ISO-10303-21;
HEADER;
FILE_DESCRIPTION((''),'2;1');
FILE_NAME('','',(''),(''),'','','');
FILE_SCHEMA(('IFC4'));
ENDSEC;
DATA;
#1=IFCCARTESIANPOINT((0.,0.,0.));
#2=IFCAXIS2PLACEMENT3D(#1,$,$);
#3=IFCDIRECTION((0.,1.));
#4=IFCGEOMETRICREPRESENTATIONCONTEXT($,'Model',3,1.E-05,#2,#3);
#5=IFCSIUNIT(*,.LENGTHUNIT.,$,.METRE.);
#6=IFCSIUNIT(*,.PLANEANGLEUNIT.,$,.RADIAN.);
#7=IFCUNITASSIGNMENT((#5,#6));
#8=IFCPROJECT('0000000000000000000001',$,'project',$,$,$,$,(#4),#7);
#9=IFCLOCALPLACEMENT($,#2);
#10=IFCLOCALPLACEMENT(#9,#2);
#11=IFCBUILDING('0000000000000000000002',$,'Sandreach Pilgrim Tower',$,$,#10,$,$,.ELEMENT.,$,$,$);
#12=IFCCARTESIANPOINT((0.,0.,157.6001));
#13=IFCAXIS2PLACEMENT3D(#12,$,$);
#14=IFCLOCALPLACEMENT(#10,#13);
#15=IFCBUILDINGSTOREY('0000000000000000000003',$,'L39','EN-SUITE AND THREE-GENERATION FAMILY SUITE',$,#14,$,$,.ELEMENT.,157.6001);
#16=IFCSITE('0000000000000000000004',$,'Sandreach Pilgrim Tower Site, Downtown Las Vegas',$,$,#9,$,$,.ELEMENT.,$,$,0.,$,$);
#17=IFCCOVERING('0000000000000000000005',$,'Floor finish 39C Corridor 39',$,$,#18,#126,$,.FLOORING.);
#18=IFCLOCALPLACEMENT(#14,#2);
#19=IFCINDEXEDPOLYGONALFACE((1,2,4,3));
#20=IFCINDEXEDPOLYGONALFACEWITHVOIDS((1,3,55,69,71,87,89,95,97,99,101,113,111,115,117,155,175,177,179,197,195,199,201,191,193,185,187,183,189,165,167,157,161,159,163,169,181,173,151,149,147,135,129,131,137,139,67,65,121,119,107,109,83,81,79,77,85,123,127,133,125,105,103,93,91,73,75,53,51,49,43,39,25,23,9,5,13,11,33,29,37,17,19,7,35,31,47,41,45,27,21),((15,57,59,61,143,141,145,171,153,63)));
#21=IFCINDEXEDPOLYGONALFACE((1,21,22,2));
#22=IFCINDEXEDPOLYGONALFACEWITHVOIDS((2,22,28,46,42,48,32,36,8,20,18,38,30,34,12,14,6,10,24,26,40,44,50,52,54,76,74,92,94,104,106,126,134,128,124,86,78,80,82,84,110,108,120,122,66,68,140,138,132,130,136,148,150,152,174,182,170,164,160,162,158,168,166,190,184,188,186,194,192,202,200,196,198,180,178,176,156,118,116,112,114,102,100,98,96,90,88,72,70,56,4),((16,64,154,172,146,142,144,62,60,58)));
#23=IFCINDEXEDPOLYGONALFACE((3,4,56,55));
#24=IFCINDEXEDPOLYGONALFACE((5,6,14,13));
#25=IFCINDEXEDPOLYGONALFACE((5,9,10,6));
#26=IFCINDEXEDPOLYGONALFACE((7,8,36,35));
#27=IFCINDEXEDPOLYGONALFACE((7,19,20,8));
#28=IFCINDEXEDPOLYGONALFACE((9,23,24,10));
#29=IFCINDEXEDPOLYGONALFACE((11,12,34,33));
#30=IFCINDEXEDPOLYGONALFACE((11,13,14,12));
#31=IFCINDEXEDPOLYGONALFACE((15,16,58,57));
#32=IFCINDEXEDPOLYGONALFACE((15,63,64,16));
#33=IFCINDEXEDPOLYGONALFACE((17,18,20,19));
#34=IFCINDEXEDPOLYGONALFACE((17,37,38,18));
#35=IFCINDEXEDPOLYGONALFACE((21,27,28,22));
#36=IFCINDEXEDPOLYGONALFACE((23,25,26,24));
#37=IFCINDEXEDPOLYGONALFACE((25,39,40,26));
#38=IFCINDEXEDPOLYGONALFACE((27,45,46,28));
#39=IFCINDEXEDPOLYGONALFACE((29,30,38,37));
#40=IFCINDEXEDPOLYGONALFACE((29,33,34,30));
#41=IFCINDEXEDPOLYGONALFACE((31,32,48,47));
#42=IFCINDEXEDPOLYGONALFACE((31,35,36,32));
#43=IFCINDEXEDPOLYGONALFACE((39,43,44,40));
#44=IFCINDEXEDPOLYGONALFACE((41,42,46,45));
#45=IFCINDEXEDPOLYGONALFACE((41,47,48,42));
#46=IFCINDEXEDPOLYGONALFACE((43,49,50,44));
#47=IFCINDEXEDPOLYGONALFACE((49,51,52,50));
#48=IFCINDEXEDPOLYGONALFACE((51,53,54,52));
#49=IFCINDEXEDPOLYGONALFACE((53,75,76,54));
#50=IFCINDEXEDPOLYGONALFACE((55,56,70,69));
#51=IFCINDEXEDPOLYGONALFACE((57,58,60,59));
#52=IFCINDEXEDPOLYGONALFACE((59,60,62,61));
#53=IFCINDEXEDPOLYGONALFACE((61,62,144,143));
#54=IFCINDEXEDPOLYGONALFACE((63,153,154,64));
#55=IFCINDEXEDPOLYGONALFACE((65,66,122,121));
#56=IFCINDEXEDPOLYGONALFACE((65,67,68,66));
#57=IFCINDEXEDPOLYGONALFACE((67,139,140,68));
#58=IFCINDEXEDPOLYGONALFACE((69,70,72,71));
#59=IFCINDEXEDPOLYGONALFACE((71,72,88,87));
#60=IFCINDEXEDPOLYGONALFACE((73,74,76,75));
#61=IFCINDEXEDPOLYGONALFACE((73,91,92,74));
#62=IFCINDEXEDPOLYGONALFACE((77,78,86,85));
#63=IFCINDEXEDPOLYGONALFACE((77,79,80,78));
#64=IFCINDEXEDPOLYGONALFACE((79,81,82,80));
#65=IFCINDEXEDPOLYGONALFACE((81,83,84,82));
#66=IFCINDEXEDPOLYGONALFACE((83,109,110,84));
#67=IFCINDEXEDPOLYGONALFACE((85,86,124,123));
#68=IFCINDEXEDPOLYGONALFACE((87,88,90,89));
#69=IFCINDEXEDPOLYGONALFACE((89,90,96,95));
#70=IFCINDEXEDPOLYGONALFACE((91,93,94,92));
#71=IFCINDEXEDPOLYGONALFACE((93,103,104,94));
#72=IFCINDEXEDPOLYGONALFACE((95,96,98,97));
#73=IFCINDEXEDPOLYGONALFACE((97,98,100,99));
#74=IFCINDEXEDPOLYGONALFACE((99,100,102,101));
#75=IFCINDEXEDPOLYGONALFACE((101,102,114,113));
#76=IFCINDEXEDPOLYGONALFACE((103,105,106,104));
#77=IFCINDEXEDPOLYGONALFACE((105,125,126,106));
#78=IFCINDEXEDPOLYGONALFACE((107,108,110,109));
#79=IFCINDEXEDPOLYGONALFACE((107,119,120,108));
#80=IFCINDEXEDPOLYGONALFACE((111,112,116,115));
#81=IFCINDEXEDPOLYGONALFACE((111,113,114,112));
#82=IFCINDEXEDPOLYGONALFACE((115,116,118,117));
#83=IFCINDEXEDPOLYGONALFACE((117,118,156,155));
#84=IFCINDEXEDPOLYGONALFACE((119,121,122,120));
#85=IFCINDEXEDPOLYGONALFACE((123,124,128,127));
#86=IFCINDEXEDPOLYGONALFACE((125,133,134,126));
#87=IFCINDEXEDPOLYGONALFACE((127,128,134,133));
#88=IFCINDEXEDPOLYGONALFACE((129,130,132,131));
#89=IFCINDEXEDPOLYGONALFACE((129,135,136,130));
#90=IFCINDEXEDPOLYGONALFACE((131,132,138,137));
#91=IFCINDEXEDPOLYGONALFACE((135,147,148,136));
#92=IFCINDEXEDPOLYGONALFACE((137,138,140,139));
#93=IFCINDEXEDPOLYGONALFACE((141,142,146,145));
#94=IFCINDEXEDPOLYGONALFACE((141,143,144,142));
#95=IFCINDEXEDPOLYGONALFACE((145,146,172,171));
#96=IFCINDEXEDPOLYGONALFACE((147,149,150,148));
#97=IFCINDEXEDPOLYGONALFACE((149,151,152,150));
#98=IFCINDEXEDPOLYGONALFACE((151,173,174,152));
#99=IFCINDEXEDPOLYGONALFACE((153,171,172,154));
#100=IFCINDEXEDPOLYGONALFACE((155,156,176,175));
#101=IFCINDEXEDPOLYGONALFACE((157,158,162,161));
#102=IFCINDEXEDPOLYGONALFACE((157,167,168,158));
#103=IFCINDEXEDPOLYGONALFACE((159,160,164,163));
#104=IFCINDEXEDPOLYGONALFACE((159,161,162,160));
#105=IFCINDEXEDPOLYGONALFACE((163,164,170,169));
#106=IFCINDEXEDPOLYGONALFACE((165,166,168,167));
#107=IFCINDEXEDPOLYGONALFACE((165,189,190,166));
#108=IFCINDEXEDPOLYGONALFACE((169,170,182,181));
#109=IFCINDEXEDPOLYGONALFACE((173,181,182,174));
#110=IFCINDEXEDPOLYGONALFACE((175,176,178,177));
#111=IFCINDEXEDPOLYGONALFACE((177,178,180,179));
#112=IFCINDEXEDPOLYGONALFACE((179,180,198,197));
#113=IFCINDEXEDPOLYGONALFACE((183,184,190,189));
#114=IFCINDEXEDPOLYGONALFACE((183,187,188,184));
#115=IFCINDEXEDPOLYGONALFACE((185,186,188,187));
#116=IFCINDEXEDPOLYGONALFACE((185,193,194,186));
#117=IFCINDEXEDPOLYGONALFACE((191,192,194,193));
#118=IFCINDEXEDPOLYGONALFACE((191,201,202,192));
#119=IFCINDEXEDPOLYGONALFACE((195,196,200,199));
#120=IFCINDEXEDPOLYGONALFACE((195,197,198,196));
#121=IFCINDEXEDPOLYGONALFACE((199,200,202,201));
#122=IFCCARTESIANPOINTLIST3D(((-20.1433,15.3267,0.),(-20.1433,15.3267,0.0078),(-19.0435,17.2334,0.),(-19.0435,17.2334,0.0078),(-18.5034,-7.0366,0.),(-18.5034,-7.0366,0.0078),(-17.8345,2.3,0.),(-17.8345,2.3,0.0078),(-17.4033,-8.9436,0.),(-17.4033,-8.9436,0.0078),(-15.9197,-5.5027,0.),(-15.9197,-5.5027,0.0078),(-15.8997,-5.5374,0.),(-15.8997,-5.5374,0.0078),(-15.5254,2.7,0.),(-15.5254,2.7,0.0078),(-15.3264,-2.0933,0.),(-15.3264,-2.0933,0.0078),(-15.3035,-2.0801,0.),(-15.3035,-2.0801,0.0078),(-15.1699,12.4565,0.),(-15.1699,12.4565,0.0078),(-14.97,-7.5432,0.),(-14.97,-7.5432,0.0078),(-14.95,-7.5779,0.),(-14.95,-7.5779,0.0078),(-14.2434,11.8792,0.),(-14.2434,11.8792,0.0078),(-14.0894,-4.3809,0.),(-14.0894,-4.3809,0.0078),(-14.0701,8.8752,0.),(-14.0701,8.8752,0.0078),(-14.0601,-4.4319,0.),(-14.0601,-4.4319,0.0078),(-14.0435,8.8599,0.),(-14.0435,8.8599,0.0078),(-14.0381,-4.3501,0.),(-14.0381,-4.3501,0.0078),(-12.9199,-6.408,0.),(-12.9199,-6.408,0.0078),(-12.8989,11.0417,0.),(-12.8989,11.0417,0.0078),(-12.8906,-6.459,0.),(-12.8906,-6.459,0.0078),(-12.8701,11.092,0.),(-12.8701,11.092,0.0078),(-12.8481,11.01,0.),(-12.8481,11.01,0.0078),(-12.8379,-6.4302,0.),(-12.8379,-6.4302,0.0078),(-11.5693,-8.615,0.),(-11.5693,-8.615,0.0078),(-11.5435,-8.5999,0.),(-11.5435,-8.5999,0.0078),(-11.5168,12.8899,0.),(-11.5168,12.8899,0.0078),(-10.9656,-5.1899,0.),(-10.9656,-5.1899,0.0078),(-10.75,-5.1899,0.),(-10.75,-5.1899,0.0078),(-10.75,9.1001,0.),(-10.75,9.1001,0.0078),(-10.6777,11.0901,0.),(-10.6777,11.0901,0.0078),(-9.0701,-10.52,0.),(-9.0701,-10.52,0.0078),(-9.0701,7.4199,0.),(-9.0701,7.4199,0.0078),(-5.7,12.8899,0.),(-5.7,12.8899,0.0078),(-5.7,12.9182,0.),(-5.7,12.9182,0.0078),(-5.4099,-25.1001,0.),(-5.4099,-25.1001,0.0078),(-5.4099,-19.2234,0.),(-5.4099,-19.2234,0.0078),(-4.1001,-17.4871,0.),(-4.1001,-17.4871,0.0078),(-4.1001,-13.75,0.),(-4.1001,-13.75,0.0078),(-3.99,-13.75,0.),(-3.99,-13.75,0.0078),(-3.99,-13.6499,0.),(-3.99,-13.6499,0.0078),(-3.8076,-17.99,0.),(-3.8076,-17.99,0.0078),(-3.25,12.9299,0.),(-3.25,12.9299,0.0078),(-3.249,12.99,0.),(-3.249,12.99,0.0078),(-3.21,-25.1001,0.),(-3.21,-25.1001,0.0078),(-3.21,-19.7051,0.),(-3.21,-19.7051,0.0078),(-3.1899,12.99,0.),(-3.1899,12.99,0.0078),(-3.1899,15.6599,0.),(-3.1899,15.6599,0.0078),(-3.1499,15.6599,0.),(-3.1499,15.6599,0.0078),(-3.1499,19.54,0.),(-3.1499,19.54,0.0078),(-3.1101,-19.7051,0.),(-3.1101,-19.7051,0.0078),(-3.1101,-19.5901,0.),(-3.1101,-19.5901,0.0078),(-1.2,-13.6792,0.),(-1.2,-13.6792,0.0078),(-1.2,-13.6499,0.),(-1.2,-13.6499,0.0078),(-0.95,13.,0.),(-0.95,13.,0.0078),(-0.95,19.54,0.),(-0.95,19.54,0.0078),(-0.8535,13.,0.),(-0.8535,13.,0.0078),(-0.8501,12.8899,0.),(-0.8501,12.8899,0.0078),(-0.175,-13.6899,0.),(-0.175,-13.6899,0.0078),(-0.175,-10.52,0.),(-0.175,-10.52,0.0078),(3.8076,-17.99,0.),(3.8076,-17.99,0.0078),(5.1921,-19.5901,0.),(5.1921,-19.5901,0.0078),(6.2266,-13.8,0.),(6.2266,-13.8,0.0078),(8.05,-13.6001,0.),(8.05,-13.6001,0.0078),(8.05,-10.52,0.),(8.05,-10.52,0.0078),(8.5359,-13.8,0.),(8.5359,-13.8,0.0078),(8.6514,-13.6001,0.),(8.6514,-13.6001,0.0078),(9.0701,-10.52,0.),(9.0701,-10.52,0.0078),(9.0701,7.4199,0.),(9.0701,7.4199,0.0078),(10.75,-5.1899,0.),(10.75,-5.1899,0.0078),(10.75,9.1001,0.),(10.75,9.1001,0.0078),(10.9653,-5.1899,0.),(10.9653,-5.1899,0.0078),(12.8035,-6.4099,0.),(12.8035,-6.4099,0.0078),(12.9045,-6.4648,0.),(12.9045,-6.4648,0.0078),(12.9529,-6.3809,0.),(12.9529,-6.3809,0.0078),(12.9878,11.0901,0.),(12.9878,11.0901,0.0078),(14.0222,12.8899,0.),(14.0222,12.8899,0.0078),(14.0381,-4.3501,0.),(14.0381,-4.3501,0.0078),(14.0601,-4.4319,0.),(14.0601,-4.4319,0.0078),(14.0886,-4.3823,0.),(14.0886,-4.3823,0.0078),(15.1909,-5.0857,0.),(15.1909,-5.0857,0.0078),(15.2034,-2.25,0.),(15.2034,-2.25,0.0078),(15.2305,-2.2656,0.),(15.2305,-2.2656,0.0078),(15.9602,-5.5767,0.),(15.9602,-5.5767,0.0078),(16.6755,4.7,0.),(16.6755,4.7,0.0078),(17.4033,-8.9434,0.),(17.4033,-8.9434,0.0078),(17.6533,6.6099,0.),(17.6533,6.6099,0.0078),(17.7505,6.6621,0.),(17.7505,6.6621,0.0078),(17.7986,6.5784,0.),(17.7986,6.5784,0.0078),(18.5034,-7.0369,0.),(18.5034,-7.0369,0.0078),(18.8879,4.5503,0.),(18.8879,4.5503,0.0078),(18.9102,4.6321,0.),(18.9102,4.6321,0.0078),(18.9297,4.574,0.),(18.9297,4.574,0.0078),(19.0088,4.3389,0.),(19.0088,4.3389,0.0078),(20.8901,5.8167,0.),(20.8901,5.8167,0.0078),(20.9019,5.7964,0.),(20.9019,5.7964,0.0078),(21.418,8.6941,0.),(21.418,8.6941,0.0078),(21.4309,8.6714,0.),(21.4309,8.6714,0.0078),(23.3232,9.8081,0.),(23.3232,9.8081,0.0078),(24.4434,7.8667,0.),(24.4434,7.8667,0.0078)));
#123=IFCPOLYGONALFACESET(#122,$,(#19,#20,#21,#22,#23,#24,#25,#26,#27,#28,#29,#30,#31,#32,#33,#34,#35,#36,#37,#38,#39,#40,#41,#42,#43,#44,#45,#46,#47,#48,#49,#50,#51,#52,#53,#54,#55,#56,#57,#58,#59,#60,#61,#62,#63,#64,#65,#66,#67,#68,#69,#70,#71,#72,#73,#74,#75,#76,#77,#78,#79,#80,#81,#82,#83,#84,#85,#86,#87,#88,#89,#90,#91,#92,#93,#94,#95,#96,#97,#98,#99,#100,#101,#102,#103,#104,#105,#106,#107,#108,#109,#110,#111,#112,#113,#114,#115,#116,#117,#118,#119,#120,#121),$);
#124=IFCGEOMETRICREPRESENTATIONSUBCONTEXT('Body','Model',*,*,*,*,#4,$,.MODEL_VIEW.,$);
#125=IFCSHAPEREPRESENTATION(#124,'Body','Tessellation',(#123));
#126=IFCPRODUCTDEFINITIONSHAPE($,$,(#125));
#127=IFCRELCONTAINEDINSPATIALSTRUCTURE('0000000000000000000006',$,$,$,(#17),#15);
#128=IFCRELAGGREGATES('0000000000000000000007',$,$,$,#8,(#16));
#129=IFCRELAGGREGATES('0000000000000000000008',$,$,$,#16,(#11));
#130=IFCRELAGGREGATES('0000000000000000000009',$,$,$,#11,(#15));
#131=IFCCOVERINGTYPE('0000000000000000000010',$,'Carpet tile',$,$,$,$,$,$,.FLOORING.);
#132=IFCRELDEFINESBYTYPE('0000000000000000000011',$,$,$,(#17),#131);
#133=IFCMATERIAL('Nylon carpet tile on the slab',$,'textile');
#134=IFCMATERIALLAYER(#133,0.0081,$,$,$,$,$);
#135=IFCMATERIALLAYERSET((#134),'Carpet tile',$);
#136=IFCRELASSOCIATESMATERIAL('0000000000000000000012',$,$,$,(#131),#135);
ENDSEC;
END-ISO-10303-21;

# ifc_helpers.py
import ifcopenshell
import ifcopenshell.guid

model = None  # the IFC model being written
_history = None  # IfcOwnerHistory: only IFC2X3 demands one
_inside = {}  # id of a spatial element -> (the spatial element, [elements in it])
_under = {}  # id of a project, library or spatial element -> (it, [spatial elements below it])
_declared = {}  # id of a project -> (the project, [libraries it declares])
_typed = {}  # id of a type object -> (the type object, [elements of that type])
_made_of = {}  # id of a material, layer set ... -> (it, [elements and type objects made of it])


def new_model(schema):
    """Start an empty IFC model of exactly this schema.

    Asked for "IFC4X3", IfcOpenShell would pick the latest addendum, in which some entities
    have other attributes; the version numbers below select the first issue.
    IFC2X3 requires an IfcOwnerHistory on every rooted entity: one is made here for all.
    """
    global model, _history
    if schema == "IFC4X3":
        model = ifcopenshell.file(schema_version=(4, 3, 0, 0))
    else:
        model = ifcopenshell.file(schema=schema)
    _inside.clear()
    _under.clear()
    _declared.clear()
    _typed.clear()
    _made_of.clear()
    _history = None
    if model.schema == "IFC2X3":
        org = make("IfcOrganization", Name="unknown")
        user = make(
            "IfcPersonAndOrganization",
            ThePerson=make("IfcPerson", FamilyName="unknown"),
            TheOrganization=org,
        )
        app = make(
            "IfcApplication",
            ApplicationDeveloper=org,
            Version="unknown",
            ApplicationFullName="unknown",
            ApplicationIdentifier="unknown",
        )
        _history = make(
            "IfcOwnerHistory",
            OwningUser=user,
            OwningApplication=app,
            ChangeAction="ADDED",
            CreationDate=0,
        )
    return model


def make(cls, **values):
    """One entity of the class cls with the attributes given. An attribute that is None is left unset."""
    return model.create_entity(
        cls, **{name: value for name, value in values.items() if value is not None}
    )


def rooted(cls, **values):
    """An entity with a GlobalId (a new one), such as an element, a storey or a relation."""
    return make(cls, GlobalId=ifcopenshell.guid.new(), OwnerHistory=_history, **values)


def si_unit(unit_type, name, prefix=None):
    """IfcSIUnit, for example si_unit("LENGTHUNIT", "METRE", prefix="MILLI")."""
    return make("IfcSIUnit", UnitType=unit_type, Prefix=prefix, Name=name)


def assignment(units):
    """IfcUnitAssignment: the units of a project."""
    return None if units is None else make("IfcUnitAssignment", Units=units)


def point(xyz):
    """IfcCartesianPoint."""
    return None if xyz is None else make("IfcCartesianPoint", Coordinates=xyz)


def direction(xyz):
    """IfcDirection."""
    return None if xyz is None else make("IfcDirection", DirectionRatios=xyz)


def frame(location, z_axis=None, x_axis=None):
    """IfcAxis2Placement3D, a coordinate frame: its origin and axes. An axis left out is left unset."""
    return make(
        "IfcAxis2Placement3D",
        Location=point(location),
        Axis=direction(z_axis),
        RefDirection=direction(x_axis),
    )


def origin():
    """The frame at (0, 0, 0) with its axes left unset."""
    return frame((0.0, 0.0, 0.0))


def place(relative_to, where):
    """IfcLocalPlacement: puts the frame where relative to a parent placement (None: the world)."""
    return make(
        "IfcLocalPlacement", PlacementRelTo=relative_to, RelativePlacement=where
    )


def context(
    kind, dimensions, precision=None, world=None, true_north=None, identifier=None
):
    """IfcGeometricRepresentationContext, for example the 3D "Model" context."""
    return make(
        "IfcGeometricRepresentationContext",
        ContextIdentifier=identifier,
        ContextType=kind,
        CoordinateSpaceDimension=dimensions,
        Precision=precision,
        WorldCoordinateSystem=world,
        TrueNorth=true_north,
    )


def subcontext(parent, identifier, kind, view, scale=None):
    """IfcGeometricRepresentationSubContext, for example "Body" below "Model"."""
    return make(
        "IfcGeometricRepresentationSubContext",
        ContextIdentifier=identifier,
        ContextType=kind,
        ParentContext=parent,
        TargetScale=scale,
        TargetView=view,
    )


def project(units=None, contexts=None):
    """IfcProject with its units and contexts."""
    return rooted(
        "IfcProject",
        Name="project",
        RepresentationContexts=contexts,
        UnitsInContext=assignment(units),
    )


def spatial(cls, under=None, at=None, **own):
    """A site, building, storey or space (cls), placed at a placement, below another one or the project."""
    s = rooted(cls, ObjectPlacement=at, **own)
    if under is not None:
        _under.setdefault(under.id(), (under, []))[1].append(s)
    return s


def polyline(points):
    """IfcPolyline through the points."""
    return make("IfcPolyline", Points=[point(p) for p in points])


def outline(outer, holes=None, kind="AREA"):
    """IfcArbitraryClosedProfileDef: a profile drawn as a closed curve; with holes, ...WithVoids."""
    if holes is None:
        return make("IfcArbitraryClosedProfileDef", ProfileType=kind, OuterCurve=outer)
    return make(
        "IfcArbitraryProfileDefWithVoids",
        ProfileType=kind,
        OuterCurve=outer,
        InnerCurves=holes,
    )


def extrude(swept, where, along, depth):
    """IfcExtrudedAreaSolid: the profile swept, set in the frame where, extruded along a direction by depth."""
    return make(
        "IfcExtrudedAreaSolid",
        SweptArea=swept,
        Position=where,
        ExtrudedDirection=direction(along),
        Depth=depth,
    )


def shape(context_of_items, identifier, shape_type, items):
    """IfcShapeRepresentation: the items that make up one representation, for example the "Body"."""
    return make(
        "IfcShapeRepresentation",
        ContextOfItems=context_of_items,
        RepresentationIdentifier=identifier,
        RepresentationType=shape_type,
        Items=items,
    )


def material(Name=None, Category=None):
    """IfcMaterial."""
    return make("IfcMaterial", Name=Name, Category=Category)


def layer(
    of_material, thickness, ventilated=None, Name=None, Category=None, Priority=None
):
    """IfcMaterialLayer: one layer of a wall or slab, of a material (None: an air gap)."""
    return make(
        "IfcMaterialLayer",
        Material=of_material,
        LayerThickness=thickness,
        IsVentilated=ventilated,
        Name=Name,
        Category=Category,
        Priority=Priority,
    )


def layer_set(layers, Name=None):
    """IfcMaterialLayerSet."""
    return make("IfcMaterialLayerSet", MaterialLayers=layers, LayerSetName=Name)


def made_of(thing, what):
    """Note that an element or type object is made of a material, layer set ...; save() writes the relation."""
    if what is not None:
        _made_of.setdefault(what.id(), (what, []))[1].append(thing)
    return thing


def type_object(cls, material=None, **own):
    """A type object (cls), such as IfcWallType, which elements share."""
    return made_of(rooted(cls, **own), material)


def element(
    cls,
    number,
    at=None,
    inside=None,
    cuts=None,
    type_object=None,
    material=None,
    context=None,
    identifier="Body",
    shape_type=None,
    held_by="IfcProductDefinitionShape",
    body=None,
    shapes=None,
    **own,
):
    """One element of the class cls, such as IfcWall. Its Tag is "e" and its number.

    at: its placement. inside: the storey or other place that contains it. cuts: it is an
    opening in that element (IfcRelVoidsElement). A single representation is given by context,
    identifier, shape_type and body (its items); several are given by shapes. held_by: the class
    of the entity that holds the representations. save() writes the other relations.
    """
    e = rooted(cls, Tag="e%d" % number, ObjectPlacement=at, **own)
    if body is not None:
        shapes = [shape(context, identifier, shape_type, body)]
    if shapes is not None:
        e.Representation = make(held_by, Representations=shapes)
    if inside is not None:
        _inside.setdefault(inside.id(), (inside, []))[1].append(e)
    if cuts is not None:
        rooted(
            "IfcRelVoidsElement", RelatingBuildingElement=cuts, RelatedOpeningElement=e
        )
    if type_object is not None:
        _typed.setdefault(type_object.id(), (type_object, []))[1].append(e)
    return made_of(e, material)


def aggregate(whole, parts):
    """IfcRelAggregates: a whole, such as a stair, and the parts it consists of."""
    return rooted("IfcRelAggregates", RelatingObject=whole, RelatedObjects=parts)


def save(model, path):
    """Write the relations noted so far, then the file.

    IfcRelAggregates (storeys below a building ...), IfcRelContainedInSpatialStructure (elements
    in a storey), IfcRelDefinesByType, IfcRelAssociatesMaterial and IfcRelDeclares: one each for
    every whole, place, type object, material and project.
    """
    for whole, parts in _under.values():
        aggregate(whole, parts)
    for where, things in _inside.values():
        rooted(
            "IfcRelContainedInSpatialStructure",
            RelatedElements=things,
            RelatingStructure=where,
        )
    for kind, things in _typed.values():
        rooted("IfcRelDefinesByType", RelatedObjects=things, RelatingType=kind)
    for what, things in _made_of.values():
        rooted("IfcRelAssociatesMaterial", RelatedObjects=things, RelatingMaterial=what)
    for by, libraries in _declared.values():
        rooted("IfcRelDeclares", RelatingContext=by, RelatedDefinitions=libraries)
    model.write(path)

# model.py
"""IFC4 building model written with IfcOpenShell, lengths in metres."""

from ifc_helpers import new_model, si_unit, direction, frame, origin, place, context, subcontext, project, spatial, polyline, outline, extrude, material, layer, layer_set, type_object, element, save


model = new_model("IFC4")

# Units and contexts
model_context = context("Model", 3, precision=1e-05, world=origin(), true_north=direction((0.0, 1.0)))
body_context = subcontext(model_context, "Body", "Model", "MODEL_VIEW")
ifc_project = project(units=[si_unit("LENGTHUNIT", "METRE"), si_unit("PLANEANGLEUNIT", "RADIAN")], contexts=[model_context])

# Site, building, storey
site_placement = place(None, origin())
site = spatial("IfcSite", under=ifc_project, at=site_placement, Name="Sandreach Pilgrim Tower Site, Downtown Las Vegas", CompositionType="ELEMENT", RefElevation=0.0)
building_placement = place(site_placement, origin())
building = spatial("IfcBuilding", under=site, at=building_placement, Name="Sandreach Pilgrim Tower", CompositionType="ELEMENT")
storey_placement = place(building_placement, frame((0.0, 0.0, 157.6001)))
storey = spatial("IfcBuildingStorey", under=building, at=storey_placement, Name="L39", Description="EN-SUITE AND THREE-GENERATION FAMILY SUITE", CompositionType="ELEMENT", Elevation=157.6001)

# Covering
ifc_material_1 = material(Name="Nylon carpet tile on the slab", Category="textile")
ifc_layer_1 = layer(ifc_material_1, 0.0081)
ifc_layer_set_1 = layer_set([ifc_layer_1], Name="Carpet tile")
covering_type_1 = type_object("IfcCoveringType", Name="Carpet tile", PredefinedType="FLOORING", material=ifc_layer_set_1)
covering_1_placement = place(storey_placement, origin())
element("IfcCovering", 1, at=covering_1_placement, inside=storey, type_object=covering_type_1, Name="Floor finish 39C Corridor 39", PredefinedType="FLOORING", context=body_context, shape_type="SweptSolid", body=[
    extrude(outline(polyline([(-17.4033, -8.9436), (-18.5034, -7.0366), (-15.8997, -5.5374), (-15.9197, -5.5027), (-14.0601, -4.4319), (-14.0894, -4.3809), (-14.0381, -4.3501), (-15.3264, -2.0933), (-15.3035, -2.0801), (-17.8345, 2.3), (-14.0435, 8.8599), (-14.0701, 8.8752), (-12.8481, 11.01), (-12.8989, 11.0417), (-12.8701, 11.092), (-14.2434, 11.8792), (-15.1699, 12.4565), (-20.1433, 15.3267), (-19.0435, 17.2334), (-11.5168, 12.8899), (-5.7, 12.8899), (-5.7, 12.9182), (-3.25, 12.9299), (-3.249, 12.99), (-3.1899, 12.99), (-3.1899, 15.6599), (-3.1499, 15.6599), (-3.1499, 19.54), (-0.95, 19.54), (-0.95, 13.0), (-0.8535, 13.0), (-0.8501, 12.8899), (14.0222, 12.8899), (17.6533, 6.6099), (17.7505, 6.6621), (17.7986, 6.5784), (21.4309, 8.6714), (21.418, 8.6941), (23.3232, 9.8081), (24.4434, 7.8667), (20.8901, 5.8167), (20.9019, 5.7964), (18.9102, 4.6321), (18.9297, 4.574), (18.8879, 4.5503), (19.0088, 4.3389), (15.2034, -2.25), (15.2305, -2.2656), (14.0381, -4.3501), (14.0886, -4.3823), (14.0601, -4.4319), (15.1909, -5.0857), (15.9602, -5.5767), (18.5034, -7.0369), (17.4033, -8.9434), (12.9529, -6.3809), (12.9045, -6.4648), (12.8035, -6.4099), (8.6514, -13.6001), (8.05, -13.6001), (8.05, -10.52), (9.0701, -10.52), (9.0701, 7.4199), (-9.0701, 7.4199), (-9.0701, -10.52), (-0.175, -10.52), (-0.175, -13.6899), (-1.2, -13.6792), (-1.2, -13.6499), (-3.99, -13.6499), (-3.99, -13.75), (-4.1001, -13.75), (-4.1001, -17.4871), (-3.8076, -17.99), (3.8076, -17.99), (6.2266, -13.8), (8.5359, -13.8), (5.1921, -19.5901), (-3.1101, -19.5901), (-3.1101, -19.7051), (-3.21, -19.7051), (-3.21, -25.1001), (-5.4099, -25.1001), (-5.4099, -19.2234), (-11.5435, -8.5999), (-11.5693, -8.615), (-12.8379, -6.4302), (-12.8906, -6.459), (-12.9199, -6.408), (-14.95, -7.5779), (-14.97, -7.5432), (-17.4033, -8.9436)]), holes=[polyline([(-15.5254, 2.7), (-10.9656, -5.1899), (-10.75, -5.1899), (-10.75, 9.1001), (10.75, 9.1001), (10.75, -5.1899), (10.9653, -5.1899), (16.6755, 4.7), (12.9878, 11.0901), (-10.6777, 11.0901), (-15.5254, 2.7)])]), origin(), (0.0, 0.0, 1.0), 0.0078),
])

save(model, "model.ifc")
